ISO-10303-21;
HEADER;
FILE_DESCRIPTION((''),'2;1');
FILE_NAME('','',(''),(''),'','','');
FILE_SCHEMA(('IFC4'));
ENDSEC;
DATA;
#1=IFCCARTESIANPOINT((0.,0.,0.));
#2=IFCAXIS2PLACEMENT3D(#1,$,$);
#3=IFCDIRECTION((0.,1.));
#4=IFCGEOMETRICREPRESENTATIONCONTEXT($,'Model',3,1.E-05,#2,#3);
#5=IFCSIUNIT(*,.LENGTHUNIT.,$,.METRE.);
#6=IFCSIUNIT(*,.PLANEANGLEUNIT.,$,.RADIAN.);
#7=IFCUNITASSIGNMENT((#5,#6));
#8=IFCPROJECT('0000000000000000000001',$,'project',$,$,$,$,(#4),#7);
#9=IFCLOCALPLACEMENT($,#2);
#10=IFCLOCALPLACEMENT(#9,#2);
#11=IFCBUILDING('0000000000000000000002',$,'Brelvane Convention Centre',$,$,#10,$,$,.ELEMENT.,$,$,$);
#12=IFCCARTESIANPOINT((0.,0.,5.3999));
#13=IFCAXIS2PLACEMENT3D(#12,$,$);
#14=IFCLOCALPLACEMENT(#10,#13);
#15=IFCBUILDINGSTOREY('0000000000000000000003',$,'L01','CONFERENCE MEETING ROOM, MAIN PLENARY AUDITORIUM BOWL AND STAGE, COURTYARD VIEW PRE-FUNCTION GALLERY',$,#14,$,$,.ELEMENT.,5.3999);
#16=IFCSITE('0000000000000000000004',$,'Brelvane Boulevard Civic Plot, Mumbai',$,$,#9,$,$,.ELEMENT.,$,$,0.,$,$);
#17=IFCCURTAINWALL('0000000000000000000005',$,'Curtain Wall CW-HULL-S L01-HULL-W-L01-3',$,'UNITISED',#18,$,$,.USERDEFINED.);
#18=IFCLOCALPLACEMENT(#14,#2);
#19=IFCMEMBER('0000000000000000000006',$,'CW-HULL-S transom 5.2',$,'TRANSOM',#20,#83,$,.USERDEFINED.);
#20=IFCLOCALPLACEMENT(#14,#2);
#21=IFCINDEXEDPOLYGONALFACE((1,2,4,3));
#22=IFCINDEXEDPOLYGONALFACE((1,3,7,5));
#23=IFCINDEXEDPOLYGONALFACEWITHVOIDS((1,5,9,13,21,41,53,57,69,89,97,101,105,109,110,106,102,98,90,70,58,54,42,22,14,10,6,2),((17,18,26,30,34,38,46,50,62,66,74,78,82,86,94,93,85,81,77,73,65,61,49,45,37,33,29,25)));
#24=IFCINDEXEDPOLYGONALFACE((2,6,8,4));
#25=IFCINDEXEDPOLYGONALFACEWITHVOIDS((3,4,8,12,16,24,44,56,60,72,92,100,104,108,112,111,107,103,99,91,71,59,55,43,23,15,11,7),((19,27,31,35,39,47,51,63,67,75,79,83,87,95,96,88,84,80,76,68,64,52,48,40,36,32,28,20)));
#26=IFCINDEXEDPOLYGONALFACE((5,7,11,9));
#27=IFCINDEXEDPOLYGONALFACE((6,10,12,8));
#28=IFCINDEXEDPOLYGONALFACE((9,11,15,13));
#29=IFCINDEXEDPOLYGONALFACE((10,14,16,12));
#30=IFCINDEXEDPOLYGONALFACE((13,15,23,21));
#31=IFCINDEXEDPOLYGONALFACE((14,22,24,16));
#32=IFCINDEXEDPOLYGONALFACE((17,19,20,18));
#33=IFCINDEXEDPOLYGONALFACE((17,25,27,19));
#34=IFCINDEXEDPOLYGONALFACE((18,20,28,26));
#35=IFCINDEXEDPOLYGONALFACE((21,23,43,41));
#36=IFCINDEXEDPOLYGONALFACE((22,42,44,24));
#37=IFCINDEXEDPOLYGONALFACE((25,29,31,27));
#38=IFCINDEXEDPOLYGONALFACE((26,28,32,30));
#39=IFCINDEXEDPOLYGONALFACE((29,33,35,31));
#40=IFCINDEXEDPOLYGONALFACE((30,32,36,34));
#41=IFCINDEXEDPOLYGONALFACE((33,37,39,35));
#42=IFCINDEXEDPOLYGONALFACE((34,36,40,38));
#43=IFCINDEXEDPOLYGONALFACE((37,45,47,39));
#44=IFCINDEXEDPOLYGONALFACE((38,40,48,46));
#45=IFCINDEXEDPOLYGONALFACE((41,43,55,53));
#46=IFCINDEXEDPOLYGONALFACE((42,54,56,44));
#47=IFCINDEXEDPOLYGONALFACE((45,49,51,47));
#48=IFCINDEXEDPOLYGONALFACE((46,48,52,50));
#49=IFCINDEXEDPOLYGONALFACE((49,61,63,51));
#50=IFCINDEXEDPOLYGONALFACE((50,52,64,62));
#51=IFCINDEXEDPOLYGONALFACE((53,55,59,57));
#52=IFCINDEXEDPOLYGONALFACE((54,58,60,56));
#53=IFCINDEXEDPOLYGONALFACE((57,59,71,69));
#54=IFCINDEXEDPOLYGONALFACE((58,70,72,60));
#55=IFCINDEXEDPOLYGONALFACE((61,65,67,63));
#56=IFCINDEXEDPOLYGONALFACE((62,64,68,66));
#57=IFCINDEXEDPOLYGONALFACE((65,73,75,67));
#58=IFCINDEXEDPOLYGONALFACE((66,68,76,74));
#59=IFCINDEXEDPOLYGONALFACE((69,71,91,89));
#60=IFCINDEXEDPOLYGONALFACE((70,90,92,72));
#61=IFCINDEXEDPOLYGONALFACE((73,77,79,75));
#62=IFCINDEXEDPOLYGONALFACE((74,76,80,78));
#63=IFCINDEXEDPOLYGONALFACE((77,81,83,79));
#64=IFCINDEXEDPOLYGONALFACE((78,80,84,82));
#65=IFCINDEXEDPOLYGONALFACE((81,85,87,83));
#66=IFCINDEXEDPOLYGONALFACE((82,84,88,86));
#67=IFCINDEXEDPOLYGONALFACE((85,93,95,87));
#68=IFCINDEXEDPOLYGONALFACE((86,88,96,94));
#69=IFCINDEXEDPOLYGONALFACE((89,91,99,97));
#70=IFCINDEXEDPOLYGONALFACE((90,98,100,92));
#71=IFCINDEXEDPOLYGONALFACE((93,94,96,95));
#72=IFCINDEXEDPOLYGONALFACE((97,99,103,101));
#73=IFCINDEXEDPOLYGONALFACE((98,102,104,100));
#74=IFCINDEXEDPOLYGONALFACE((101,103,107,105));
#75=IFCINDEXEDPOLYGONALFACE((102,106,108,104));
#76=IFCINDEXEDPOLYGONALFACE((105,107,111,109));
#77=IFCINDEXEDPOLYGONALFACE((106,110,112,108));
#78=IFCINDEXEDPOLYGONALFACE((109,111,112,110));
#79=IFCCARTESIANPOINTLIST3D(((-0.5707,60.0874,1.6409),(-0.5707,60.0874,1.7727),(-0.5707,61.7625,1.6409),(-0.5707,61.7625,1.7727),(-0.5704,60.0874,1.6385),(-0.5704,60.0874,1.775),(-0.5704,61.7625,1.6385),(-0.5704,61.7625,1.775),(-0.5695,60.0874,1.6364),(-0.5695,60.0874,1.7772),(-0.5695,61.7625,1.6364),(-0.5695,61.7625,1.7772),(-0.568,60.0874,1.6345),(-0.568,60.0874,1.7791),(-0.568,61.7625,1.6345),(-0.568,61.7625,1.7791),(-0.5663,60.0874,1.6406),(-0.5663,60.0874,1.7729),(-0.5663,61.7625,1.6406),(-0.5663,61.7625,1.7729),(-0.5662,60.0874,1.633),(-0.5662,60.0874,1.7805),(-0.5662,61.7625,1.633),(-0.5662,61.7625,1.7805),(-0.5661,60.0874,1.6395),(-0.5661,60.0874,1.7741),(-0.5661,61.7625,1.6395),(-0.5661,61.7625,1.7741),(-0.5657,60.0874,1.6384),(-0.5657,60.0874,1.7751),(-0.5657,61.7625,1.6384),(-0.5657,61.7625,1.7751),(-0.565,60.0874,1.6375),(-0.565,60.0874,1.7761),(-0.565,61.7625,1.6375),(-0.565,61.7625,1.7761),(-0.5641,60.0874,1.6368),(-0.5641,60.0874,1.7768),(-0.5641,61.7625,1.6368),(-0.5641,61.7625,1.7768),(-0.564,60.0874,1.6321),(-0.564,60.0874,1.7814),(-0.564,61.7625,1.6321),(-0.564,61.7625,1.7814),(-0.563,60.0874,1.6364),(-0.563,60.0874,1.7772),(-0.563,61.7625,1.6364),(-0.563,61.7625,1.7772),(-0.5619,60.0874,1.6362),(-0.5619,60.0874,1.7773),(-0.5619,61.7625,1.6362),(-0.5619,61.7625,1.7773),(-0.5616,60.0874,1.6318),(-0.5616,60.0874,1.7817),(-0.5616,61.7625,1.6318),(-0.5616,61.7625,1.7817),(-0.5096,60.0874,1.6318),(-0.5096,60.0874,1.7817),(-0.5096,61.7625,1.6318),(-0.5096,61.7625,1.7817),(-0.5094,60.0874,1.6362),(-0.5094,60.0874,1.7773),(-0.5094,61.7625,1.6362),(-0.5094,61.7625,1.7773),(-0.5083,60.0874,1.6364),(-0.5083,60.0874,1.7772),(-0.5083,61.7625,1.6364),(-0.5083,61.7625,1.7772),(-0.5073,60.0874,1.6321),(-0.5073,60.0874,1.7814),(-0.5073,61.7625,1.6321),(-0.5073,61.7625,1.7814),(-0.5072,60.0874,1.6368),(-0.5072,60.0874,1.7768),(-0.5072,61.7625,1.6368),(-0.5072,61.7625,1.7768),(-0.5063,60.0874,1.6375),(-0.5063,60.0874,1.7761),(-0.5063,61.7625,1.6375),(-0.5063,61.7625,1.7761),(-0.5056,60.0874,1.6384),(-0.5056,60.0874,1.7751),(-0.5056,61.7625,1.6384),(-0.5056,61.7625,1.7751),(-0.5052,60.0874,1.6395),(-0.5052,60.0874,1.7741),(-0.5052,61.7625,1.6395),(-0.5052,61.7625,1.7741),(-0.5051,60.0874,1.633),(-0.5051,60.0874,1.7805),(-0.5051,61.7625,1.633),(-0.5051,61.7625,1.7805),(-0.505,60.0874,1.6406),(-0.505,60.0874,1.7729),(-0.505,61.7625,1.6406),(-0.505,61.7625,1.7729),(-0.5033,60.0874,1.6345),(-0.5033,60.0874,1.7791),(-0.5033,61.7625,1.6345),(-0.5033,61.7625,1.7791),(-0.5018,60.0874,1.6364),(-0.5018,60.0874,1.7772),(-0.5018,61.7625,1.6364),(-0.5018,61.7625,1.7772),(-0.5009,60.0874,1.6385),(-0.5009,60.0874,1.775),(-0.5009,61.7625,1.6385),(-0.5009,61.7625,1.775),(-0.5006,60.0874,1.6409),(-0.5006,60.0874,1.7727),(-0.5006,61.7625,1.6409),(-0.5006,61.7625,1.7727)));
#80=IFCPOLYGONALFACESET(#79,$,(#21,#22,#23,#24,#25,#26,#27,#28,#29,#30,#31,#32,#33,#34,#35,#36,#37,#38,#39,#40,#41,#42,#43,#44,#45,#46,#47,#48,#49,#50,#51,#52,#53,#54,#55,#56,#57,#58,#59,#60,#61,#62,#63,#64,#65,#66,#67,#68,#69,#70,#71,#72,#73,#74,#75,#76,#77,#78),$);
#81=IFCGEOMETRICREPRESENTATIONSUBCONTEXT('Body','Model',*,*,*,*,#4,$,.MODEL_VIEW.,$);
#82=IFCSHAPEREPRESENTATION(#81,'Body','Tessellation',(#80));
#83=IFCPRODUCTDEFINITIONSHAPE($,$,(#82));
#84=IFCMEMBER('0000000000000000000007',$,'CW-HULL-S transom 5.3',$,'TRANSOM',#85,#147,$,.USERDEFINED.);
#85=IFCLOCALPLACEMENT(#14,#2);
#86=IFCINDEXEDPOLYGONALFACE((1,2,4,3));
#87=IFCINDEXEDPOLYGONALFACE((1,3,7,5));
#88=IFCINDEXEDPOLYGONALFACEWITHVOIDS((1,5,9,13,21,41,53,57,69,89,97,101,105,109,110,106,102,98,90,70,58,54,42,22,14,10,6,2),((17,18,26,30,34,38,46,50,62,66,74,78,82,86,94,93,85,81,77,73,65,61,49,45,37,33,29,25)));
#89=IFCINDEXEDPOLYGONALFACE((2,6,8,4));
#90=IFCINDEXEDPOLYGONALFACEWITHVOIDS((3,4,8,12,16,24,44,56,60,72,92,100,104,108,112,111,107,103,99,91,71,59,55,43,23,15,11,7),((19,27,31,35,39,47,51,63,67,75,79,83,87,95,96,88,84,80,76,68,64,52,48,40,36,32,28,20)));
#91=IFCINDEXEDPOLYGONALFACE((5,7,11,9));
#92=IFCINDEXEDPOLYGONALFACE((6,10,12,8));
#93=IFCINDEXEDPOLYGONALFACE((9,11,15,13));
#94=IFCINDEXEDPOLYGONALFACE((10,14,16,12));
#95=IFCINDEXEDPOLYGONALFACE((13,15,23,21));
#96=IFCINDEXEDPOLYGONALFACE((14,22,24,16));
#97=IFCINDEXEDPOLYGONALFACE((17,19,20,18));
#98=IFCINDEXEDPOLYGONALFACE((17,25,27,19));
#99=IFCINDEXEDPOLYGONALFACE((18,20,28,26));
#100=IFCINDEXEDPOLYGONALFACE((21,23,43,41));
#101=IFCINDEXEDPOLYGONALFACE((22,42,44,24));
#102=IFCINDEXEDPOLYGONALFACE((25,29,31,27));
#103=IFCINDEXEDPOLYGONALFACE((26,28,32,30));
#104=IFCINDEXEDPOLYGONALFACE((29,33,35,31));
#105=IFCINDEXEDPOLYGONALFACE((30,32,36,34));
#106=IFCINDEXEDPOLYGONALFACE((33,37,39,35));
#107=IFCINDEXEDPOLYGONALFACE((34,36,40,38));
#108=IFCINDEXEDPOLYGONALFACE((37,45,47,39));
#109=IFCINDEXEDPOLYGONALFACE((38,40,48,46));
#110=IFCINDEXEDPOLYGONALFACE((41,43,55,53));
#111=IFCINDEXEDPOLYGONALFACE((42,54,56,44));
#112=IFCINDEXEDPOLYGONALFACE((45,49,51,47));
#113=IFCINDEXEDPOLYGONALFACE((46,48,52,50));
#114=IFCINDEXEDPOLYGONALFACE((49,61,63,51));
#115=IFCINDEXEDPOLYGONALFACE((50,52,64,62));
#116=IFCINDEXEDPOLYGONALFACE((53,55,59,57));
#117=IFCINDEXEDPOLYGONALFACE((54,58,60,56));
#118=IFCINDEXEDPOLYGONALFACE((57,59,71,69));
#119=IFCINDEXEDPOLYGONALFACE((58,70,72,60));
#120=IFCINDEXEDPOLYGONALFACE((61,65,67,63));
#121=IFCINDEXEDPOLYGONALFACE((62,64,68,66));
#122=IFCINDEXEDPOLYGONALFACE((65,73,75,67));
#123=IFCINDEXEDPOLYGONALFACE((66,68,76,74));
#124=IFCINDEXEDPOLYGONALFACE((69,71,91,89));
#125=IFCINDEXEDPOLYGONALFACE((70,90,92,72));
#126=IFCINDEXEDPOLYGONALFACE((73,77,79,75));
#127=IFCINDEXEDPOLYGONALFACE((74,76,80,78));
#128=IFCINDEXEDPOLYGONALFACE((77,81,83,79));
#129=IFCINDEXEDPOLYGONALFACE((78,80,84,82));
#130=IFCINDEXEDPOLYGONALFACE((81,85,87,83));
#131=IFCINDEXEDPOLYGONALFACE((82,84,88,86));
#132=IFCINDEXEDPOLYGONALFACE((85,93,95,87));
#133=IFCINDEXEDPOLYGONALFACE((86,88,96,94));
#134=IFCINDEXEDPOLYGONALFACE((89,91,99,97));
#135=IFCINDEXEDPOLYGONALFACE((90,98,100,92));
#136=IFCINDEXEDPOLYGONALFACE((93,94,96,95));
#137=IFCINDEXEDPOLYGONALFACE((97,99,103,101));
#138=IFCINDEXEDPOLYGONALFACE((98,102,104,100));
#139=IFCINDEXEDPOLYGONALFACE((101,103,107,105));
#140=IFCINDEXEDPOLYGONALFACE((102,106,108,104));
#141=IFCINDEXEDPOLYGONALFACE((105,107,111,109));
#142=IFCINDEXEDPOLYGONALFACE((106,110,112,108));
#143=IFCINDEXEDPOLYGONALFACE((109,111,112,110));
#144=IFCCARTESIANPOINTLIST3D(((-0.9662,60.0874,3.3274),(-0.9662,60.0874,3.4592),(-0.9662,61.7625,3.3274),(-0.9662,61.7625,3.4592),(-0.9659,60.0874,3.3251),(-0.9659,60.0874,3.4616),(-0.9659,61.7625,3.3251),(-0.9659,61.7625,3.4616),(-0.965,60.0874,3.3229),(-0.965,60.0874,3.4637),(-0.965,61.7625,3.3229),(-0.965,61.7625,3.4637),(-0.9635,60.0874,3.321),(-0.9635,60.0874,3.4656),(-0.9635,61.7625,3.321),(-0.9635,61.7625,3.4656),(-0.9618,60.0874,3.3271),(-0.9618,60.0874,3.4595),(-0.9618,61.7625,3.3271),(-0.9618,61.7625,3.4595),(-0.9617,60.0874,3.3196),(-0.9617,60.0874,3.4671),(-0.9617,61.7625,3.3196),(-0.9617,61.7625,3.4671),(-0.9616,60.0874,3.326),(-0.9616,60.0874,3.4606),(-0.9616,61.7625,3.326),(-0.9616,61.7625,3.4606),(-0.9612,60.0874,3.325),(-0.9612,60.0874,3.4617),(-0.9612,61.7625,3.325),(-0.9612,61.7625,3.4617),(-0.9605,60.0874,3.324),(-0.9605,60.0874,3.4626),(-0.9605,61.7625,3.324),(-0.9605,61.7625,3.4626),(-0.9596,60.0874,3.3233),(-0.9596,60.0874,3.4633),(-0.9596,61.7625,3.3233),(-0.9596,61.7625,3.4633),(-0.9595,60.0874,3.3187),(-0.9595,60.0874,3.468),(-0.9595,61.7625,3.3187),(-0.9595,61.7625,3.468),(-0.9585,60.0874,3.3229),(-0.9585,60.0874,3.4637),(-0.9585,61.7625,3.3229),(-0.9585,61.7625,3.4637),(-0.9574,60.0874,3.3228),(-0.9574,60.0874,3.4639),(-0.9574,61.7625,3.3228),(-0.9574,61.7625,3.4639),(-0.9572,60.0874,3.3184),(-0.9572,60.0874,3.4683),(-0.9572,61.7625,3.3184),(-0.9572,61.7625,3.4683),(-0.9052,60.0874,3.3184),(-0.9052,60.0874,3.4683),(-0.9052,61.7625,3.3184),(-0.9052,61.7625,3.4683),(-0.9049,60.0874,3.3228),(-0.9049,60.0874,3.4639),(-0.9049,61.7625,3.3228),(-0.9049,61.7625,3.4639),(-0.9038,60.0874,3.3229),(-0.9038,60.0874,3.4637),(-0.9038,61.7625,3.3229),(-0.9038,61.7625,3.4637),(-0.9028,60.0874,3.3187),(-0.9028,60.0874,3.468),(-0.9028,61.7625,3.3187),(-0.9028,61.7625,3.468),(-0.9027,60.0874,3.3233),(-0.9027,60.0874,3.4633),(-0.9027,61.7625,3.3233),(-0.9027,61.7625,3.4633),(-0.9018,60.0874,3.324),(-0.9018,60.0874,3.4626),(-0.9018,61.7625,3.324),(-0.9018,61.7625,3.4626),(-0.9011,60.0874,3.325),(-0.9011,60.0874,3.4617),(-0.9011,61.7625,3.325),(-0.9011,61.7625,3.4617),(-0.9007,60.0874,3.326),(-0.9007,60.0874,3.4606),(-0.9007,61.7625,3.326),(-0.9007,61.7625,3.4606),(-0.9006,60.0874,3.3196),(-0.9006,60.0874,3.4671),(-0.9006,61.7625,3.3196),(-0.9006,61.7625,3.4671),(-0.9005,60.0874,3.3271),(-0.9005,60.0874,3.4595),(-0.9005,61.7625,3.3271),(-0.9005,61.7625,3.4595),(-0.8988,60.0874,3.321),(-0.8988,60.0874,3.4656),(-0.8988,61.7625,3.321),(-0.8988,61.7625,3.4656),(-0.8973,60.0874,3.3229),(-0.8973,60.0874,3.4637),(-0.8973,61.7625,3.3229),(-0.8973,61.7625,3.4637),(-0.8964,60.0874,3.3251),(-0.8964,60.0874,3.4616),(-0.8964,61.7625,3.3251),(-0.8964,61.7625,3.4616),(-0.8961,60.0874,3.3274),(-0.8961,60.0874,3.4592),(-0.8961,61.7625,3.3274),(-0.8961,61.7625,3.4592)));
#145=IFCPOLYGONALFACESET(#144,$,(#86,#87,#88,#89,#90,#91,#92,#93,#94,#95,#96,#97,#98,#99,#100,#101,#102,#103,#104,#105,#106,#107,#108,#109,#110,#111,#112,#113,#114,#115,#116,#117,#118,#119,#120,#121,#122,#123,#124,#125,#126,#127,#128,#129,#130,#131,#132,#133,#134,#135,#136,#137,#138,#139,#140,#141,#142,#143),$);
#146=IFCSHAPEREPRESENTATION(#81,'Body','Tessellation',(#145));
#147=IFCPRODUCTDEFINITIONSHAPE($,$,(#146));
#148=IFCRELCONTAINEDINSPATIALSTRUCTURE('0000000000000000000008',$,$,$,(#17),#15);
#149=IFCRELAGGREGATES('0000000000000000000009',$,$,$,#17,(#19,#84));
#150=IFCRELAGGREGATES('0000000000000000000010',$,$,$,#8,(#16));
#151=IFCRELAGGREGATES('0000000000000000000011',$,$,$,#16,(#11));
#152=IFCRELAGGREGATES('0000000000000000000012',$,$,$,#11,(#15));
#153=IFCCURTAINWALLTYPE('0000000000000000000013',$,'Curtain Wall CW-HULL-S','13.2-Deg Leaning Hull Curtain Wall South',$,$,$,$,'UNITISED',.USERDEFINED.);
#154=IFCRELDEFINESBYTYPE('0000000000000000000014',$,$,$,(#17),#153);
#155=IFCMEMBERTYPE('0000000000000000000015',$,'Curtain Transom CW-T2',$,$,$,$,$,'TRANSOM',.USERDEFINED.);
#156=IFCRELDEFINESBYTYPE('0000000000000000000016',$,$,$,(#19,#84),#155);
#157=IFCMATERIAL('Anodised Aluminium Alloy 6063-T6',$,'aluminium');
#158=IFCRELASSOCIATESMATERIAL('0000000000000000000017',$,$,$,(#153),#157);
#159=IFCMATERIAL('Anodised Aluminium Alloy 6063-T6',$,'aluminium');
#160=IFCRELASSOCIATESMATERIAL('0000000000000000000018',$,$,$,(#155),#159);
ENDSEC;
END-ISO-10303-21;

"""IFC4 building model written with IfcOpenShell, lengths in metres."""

from ifc_helpers import new_model, si_unit, direction, frame, origin, origin_2d, place, context, subcontext, project, spatial, hollow_rectangle, extrude, material, material_profile, profile_set, type_object, element, aggregate, save


model = new_model("IFC4")

# Units and contexts
model_context = context("Model", 3, precision=1e-05, world=origin(), true_north=direction((0.0, 1.0)))
body_context = subcontext(model_context, "Body", "Model", "MODEL_VIEW")
ifc_project = project(units=[si_unit("LENGTHUNIT", "METRE"), si_unit("PLANEANGLEUNIT", "RADIAN")], contexts=[model_context])

# Site, building, storey
site_placement = place(None, origin())
site = spatial("IfcSite", under=ifc_project, at=site_placement, Name="Brelvane Boulevard Civic Plot, Mumbai", CompositionType="ELEMENT", RefElevation=0.0)
building_placement = place(site_placement, origin())
building = spatial("IfcBuilding", under=site, at=building_placement, Name="Brelvane Convention Centre", CompositionType="ELEMENT")
storey_placement = place(building_placement, frame((0.0, 0.0, 5.3999)))
storey = spatial("IfcBuildingStorey", under=building, at=storey_placement, Name="L01", Description="CONFERENCE MEETING ROOM, MAIN PLENARY AUDITORIUM BOWL AND STAGE, COURTYARD VIEW PRE-FUNCTION GALLERY", CompositionType="ELEMENT", Elevation=5.3999)

# Curtain wall
ifc_material_1 = material(Name="Anodised Aluminium Alloy 6063-T6", Category="aluminium")
curtain_wall_type = type_object("IfcCurtainWallType", Name="Curtain Wall CW-HULL-S", Description="13.2-Deg Leaning Hull Curtain Wall South", ElementType="UNITISED", PredefinedType="USERDEFINED", material=ifc_material_1)
curtain_wall_1_placement = place(storey_placement, origin())
curtain_wall_1 = element("IfcCurtainWall", 1, at=curtain_wall_1_placement, inside=storey, type_object=curtain_wall_type, Name="Curtain Wall CW-HULL-S L01-HULL-W-L01-3", ObjectType="UNITISED", PredefinedType="USERDEFINED")

# Members
ifc_material_2 = material(Name="Anodised Aluminium Alloy 6063-T6", Category="aluminium")
ifc_material_profile_1 = material_profile(ifc_material_2, hollow_rectangle(XDim=0.0701, YDim=0.1499, WallThickness=0.0044, InnerFilletRadius=0.0044, OuterFilletRadius=0.009, at=origin_2d()), Name="ALU-T 150x70x4.5")
ifc_profile_set_1 = profile_set([ifc_material_profile_1], Name="Anodised Aluminium Alloy 6063-T6")
member_type_1 = type_object("IfcMemberType", Name="Curtain Transom CW-T2", ElementType="TRANSOM", PredefinedType="USERDEFINED", material=ifc_profile_set_1)
member_1_placement = place(storey_placement, frame((-0.5356, 60.0874, 1.7068), z_axis=(0.0, 1.0, 0.0), x_axis=(-1.0, 0.0, 0.0)))
member_1 = element("IfcMember", 2, at=member_1_placement, type_object=member_type_1, Name="CW-HULL-S transom 5.2", ObjectType="TRANSOM", PredefinedType="USERDEFINED", context=body_context, shape_type="SweptSolid", body=[
    extrude(hollow_rectangle(XDim=0.0701, YDim=0.1499, WallThickness=0.0044, InnerFilletRadius=0.0044, OuterFilletRadius=0.009, at=origin_2d()), origin(), (0.0, 0.0, 1.0), 1.675),
])
member_2_placement = place(storey_placement, frame((-0.9312, 60.0874, 3.3933), z_axis=(0.0, 1.0, 0.0), x_axis=(-1.0, 0.0, 0.0)))
member_2 = element("IfcMember", 3, at=member_2_placement, type_object=member_type_1, Name="CW-HULL-S transom 5.3", ObjectType="TRANSOM", PredefinedType="USERDEFINED", context=body_context, shape_type="SweptSolid", body=[
    extrude(hollow_rectangle(XDim=0.0701, YDim=0.1499, WallThickness=0.0044, InnerFilletRadius=0.0044, OuterFilletRadius=0.009, at=origin_2d()), origin(), (0.0, 0.0, 1.0), 1.675),
])

aggregate(curtain_wall_1, [member_1, member_2])

save(model, "model.ifc")
